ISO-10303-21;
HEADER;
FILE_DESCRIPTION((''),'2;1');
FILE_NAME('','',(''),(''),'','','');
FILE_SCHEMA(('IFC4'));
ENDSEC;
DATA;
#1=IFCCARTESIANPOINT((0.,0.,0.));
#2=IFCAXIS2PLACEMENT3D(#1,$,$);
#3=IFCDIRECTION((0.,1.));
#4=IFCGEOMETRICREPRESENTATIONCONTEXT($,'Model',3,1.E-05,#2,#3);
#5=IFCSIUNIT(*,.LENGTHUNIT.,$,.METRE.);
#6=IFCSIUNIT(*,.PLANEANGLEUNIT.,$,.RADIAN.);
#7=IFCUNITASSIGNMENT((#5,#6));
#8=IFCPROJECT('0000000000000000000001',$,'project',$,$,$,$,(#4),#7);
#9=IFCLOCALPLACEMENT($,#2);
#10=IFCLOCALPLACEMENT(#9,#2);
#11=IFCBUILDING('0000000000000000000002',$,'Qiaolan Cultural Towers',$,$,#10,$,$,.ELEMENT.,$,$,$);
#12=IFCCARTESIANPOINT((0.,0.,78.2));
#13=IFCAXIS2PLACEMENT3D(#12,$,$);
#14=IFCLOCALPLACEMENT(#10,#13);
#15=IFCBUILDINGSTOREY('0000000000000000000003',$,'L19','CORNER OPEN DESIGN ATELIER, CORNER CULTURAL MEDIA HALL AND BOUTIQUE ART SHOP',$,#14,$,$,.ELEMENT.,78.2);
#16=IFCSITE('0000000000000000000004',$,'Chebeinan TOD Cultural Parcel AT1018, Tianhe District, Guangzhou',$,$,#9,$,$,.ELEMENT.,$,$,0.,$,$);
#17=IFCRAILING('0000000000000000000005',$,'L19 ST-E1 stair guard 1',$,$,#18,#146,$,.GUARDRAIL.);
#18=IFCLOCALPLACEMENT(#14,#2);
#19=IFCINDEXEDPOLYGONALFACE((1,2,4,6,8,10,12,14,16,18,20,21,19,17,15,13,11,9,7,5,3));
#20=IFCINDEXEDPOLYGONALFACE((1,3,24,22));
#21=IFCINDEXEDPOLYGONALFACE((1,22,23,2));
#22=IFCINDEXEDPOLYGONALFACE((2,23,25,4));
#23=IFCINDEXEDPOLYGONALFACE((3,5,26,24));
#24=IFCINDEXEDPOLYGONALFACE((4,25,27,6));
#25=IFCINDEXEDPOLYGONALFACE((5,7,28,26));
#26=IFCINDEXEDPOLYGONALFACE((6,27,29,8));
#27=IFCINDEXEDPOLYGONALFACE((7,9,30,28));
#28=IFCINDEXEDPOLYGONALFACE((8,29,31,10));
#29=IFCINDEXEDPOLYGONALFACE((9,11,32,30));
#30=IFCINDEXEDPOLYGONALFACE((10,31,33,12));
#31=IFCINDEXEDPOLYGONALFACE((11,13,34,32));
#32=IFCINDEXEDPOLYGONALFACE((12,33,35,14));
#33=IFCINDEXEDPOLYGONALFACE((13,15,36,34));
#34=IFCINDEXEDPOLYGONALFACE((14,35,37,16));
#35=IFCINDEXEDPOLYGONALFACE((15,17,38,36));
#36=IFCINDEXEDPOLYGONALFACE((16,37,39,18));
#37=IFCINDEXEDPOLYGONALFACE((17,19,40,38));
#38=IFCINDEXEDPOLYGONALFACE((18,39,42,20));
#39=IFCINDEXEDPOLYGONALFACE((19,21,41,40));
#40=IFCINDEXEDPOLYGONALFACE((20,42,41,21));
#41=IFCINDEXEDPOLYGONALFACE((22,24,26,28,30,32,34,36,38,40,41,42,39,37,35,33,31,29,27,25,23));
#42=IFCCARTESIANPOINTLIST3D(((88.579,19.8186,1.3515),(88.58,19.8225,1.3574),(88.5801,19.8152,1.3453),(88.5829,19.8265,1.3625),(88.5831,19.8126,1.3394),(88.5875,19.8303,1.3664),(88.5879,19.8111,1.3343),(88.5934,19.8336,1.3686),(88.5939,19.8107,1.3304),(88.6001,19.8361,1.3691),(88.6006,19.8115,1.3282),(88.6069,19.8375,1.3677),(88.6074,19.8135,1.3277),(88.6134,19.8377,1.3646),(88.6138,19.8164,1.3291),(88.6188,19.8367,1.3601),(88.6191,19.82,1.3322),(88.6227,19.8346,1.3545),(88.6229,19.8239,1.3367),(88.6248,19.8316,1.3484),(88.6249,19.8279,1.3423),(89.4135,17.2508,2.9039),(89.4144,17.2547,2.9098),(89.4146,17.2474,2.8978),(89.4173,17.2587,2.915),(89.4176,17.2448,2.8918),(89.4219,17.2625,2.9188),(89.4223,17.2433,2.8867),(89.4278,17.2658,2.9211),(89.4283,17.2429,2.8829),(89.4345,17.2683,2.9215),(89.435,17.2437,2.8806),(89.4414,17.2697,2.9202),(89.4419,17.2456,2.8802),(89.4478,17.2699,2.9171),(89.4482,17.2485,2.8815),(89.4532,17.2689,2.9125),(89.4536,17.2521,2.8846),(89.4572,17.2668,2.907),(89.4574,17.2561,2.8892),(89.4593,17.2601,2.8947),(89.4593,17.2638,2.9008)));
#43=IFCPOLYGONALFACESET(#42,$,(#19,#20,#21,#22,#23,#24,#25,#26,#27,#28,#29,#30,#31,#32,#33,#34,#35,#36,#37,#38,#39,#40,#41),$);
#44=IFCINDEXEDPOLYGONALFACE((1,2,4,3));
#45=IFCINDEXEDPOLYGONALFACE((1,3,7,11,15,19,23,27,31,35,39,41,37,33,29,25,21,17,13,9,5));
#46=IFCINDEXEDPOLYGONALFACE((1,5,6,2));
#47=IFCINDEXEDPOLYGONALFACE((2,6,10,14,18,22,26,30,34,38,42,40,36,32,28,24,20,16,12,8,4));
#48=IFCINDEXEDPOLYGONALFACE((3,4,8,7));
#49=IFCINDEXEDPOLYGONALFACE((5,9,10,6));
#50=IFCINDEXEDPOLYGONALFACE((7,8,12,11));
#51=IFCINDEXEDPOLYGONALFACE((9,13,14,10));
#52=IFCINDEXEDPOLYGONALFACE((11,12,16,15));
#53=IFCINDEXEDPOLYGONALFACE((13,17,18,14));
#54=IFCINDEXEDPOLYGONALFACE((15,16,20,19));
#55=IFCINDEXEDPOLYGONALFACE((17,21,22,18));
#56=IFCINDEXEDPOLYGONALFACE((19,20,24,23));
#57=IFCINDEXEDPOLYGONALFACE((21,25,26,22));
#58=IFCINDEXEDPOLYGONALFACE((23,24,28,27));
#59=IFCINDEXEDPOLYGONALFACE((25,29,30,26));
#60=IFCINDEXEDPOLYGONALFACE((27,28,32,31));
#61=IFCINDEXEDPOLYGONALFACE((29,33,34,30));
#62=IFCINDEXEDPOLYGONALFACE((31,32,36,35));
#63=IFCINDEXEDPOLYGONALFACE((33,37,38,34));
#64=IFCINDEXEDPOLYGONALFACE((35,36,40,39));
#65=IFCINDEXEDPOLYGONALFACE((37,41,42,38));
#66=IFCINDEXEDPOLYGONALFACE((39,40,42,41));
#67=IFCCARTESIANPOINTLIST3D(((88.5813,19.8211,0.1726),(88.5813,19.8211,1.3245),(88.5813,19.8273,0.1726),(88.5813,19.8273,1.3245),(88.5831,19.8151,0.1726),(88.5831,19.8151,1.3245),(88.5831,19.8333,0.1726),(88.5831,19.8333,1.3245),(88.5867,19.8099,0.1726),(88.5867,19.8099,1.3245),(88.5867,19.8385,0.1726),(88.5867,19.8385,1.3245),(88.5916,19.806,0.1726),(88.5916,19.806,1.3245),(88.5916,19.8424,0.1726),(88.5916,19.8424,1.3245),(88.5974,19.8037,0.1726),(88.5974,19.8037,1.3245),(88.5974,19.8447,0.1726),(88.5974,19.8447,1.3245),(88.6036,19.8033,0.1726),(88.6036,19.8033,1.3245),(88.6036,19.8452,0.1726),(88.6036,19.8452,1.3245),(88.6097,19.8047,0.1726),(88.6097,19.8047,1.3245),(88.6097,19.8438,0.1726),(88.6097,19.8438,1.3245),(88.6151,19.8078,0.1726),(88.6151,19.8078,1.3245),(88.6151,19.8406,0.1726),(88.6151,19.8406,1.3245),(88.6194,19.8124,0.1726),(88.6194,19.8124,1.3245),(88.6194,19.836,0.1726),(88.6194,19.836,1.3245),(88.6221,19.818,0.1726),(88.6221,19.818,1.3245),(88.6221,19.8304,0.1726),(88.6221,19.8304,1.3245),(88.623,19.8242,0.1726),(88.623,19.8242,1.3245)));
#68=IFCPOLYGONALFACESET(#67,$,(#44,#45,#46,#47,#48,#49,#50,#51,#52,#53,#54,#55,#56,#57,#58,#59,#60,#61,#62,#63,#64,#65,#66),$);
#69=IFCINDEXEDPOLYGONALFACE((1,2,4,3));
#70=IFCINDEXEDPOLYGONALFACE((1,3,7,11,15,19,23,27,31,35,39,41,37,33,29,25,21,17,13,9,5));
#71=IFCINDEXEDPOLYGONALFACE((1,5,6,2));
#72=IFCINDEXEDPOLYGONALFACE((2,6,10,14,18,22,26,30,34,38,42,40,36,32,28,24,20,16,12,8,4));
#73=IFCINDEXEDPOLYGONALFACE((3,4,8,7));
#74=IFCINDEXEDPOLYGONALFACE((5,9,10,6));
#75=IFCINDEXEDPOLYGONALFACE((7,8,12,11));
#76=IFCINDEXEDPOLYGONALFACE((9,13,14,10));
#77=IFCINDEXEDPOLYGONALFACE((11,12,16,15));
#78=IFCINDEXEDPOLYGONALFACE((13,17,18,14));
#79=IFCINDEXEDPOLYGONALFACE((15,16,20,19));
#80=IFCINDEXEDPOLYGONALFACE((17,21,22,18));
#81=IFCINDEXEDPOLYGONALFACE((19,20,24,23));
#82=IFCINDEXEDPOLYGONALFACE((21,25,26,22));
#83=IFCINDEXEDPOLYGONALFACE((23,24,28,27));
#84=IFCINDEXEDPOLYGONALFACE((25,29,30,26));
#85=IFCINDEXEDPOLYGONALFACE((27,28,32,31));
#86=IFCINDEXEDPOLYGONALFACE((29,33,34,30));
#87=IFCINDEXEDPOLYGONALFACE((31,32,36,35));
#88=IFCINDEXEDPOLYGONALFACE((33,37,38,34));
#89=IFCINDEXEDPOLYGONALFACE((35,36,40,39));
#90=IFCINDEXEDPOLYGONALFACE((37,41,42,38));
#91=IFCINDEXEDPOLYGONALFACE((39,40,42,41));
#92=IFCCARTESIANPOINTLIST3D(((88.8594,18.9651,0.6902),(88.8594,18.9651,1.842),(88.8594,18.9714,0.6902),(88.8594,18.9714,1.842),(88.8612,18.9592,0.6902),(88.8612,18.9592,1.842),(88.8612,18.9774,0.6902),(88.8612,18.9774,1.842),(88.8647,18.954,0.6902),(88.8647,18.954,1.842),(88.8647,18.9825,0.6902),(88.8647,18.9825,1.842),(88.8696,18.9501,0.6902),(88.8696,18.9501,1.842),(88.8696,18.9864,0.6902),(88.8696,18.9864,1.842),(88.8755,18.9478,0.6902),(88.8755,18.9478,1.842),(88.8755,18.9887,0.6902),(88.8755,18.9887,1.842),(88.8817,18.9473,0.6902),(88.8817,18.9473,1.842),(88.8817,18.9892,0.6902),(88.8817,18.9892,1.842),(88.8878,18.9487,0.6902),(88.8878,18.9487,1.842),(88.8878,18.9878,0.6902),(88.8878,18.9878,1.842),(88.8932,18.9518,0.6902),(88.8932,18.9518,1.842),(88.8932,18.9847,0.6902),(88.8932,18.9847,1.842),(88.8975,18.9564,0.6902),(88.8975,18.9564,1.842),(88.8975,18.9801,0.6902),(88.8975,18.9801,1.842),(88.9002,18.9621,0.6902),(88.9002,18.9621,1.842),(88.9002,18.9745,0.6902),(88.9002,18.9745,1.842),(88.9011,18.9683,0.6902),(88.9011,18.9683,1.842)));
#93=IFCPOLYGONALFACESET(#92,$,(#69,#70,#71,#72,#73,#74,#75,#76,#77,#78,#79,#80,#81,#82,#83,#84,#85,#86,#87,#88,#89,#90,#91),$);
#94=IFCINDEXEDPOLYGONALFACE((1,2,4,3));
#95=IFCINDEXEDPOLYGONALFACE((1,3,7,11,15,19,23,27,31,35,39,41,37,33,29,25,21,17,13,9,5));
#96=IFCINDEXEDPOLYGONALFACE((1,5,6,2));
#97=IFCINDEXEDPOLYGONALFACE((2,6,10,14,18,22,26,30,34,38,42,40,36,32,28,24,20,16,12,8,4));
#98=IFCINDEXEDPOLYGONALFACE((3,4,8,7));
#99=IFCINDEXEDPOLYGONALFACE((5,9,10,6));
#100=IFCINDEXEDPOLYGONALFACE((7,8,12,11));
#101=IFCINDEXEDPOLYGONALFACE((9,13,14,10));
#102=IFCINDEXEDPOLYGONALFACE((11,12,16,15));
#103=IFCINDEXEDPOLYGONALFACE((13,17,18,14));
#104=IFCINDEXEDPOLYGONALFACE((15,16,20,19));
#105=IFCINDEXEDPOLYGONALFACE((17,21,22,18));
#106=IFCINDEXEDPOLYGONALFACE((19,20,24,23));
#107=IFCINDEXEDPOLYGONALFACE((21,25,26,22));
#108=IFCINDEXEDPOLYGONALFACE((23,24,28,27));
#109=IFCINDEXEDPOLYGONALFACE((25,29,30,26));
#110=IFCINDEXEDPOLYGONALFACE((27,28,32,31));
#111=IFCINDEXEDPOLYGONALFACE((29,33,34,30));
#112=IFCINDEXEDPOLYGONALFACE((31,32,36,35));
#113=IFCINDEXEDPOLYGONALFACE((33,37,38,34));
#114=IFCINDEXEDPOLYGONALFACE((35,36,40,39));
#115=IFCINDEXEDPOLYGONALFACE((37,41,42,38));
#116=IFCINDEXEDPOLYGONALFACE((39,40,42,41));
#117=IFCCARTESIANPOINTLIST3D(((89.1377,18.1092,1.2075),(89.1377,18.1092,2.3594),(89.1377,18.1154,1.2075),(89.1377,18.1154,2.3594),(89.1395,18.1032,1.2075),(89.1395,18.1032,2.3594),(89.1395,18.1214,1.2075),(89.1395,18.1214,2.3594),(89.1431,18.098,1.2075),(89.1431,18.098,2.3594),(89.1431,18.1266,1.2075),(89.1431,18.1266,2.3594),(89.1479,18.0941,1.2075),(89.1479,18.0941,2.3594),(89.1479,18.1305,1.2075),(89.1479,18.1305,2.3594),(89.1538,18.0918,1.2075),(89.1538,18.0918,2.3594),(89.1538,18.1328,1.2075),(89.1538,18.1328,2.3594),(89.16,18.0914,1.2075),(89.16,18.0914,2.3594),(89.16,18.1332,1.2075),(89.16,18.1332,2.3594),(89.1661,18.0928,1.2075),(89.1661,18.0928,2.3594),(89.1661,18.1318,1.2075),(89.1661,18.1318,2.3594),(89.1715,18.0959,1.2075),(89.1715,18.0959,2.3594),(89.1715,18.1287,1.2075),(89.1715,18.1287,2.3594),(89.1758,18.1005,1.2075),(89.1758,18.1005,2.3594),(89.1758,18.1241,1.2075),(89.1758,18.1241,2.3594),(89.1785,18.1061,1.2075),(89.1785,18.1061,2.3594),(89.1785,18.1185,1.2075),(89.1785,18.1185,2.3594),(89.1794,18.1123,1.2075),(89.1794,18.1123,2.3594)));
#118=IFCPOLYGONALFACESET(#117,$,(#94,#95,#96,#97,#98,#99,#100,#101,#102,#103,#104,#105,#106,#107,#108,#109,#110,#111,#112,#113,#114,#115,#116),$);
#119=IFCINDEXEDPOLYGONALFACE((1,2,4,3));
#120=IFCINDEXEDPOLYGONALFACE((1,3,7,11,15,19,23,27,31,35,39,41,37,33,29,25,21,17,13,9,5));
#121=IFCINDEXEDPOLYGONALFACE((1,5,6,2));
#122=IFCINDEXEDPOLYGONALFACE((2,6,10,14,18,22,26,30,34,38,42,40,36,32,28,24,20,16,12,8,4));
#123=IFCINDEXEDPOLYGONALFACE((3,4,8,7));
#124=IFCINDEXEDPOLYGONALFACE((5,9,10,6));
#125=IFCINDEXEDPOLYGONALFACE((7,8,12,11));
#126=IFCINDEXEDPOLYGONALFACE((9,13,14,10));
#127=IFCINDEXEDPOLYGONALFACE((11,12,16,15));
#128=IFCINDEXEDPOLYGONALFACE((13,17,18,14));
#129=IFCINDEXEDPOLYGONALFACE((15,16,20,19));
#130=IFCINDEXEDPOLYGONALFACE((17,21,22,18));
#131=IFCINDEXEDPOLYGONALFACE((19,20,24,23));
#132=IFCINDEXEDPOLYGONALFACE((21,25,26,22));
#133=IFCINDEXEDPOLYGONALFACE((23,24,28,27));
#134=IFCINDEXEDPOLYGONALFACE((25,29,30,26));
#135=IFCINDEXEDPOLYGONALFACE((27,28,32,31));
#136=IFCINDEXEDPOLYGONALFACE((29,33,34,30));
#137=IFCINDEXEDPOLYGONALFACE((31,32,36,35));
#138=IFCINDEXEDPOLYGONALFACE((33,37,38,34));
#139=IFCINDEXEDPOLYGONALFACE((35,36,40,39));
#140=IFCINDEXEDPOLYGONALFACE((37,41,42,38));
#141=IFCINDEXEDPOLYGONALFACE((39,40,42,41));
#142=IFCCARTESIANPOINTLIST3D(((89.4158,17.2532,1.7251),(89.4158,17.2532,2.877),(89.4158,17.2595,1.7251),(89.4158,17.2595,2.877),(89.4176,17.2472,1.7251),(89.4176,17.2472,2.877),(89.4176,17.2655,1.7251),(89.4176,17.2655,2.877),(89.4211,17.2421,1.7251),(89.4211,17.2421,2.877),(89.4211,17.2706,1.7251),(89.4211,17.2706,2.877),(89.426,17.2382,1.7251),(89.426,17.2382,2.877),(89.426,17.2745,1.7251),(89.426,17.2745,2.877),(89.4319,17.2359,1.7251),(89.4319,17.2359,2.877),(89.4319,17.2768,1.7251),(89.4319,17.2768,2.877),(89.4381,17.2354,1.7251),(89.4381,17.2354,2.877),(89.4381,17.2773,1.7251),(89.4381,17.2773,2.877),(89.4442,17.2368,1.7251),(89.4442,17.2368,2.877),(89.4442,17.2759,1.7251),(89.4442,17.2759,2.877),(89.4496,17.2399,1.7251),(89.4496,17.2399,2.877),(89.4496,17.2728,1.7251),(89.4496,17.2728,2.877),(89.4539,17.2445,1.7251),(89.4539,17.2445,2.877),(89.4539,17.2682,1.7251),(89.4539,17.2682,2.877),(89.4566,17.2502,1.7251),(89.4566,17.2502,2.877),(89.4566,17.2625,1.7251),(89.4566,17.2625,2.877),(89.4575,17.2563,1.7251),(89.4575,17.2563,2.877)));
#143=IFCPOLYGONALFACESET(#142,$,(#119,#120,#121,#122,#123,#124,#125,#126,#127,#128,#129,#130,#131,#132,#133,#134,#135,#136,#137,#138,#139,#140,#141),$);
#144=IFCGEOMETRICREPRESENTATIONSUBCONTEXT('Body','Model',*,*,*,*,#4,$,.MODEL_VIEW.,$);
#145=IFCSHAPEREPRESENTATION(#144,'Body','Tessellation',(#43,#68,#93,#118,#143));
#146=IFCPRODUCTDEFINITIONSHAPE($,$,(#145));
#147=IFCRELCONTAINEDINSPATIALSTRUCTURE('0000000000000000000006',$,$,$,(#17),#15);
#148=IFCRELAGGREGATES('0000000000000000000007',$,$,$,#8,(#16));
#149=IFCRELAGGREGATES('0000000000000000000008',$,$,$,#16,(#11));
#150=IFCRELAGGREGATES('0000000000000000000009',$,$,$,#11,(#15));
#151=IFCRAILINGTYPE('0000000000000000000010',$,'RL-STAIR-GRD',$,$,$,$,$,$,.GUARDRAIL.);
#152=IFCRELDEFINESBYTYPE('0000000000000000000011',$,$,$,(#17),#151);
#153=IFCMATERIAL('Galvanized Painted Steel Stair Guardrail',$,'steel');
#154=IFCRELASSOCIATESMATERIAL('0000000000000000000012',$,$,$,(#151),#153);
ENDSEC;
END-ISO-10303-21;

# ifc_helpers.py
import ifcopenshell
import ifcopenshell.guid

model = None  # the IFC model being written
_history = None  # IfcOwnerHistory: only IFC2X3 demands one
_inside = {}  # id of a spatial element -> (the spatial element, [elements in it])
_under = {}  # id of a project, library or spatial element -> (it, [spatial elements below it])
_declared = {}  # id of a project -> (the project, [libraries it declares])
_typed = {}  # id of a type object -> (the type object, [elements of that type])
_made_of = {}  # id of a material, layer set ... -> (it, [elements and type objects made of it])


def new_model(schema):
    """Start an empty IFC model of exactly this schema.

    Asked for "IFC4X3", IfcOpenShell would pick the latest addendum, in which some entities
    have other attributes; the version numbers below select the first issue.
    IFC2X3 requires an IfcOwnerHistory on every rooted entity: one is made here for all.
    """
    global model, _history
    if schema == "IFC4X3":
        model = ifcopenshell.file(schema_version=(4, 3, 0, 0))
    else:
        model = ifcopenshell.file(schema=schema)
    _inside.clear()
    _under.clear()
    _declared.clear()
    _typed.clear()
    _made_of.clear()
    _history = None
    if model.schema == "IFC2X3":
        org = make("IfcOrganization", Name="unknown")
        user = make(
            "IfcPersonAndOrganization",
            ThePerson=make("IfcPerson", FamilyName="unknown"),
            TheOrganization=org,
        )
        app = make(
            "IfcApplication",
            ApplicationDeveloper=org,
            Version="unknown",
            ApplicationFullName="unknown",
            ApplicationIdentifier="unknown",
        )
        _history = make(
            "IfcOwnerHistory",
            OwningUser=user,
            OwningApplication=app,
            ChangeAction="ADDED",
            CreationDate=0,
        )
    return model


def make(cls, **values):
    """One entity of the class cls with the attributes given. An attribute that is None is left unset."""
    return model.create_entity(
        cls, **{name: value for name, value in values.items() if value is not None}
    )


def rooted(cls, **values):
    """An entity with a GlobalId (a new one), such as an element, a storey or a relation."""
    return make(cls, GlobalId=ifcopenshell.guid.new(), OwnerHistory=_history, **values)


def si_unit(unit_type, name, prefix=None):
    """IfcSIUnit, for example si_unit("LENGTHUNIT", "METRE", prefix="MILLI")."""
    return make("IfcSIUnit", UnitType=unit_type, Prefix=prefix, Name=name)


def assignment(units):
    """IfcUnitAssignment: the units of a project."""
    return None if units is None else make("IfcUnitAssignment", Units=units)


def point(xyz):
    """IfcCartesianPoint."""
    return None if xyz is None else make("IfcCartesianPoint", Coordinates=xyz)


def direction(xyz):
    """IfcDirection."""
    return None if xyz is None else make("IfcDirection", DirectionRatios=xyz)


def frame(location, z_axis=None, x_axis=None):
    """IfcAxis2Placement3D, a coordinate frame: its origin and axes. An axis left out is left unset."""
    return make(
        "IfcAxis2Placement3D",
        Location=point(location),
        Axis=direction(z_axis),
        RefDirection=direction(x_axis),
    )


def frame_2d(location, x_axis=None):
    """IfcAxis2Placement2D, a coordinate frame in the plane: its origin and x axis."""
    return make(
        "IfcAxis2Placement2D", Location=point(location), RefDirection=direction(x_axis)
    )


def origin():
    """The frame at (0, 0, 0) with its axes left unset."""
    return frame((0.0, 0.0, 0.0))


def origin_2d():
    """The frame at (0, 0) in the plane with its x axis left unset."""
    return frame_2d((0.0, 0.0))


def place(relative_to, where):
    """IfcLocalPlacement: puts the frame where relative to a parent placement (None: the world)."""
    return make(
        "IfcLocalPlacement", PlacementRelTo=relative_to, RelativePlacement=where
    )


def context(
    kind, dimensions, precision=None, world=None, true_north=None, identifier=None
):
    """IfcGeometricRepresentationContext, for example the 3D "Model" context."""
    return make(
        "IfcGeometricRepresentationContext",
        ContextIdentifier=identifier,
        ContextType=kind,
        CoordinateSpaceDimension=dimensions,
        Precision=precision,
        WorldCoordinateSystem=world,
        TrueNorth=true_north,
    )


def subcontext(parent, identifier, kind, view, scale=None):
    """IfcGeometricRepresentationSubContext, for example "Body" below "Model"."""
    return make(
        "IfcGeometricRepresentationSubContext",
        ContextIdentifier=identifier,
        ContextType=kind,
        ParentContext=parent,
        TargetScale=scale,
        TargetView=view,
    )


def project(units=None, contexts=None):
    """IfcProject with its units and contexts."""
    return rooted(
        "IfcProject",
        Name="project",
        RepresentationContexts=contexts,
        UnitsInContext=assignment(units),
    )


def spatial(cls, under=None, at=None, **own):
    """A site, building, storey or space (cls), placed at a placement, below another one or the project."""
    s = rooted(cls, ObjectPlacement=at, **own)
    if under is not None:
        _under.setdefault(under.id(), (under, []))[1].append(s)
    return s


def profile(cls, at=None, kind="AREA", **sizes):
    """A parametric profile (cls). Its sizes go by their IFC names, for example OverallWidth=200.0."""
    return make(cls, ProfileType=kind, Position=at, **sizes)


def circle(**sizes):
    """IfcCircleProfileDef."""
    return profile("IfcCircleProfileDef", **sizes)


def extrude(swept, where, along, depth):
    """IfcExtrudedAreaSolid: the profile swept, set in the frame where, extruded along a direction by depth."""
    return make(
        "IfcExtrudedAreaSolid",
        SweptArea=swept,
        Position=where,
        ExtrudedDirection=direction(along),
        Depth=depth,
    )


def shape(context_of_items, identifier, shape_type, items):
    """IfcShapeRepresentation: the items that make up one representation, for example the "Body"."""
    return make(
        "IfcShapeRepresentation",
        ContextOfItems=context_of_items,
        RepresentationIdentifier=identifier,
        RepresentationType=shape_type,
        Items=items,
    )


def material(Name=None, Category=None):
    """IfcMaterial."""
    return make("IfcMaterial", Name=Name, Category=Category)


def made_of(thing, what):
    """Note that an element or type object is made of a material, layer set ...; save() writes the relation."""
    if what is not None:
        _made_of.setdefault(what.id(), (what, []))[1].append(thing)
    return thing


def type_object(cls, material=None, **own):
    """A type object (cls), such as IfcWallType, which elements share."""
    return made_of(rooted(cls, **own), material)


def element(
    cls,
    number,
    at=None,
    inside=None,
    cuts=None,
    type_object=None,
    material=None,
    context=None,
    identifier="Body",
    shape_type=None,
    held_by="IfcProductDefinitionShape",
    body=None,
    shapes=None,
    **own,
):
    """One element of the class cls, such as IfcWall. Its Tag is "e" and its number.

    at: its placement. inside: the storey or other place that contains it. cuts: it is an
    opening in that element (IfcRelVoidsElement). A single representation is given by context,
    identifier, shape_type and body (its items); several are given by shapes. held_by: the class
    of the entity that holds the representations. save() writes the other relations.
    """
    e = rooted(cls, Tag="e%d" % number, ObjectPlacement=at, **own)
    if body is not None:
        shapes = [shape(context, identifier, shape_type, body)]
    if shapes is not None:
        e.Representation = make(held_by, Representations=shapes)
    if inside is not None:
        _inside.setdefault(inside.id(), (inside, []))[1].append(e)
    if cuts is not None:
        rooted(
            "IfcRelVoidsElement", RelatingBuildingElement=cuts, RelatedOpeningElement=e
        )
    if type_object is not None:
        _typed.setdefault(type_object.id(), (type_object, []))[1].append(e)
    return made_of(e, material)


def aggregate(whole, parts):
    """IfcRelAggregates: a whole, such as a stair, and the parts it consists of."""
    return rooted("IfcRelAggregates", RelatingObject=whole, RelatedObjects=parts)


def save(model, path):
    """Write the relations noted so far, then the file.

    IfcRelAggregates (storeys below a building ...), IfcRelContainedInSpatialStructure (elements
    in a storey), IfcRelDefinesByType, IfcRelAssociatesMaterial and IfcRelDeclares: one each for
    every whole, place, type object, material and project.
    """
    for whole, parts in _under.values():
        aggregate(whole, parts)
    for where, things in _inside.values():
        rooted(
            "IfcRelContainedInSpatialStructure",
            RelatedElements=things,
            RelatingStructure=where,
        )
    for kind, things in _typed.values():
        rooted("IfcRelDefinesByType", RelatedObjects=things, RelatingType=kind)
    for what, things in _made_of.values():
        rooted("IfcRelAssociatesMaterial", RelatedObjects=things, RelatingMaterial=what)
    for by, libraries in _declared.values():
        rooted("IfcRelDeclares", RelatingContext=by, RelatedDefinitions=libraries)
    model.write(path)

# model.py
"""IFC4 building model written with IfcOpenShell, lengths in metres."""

from ifc_helpers import new_model, si_unit, direction, frame, origin, origin_2d, place, context, subcontext, project, spatial, circle, extrude, material, type_object, element, save


model = new_model("IFC4")

# Units and contexts
model_context = context("Model", 3, precision=1e-05, world=origin(), true_north=direction((0.0, 1.0)))
body_context = subcontext(model_context, "Body", "Model", "MODEL_VIEW")
ifc_project = project(units=[si_unit("LENGTHUNIT", "METRE"), si_unit("PLANEANGLEUNIT", "RADIAN")], contexts=[model_context])

# Site, building, storey
site_placement = place(None, origin())
site = spatial("IfcSite", under=ifc_project, at=site_placement, Name="Chebeinan TOD Cultural Parcel AT1018, Tianhe District, Guangzhou", CompositionType="ELEMENT", RefElevation=0.0)
building_placement = place(site_placement, origin())
building = spatial("IfcBuilding", under=site, at=building_placement, Name="Qiaolan Cultural Towers", CompositionType="ELEMENT")
storey_placement = place(building_placement, frame((0.0, 0.0, 78.2)))
storey = spatial("IfcBuildingStorey", under=building, at=storey_placement, Name="L19", Description="CORNER OPEN DESIGN ATELIER, CORNER CULTURAL MEDIA HALL AND BOUTIQUE ART SHOP", CompositionType="ELEMENT", Elevation=78.2)

# Railing
ifc_material_1 = material(Name="Galvanized Painted Steel Stair Guardrail", Category="steel")
railing_type_1 = type_object("IfcRailingType", Name="RL-STAIR-GRD", PredefinedType="GUARDRAIL", material=ifc_material_1)
railing_1_placement = place(storey_placement, frame((88.6021, 19.8242, 0.1726)))
element("IfcRailing", 1, at=railing_1_placement, inside=storey, type_object=railing_type_1, Name="L19 ST-E1 stair guard 1", PredefinedType="GUARDRAIL", context=body_context, shape_type="SweptSolid", body=[
    extrude(circle(Radius=0.0239, at=origin_2d()), frame((0.0, 0.0, 1.1758), z_axis=(0.267926, -0.824471, 0.498461), x_axis=(0.951043, 0.309057, 0.0)), (0.0, 0.0, 1.0), 3.1145),
    extrude(circle(Radius=0.021, at=origin_2d()), origin(), (0.0, 0.0, 1.0), 1.1519),
    extrude(circle(Radius=0.021, at=origin_2d()), frame((0.2781, -0.856, 0.5176)), (0.0, 0.0, 1.0), 1.1519),
    extrude(circle(Radius=0.021, at=origin_2d()), frame((0.5564, -1.7119, 1.0349)), (0.0, 0.0, 1.0), 1.1519),
    extrude(circle(Radius=0.021, at=origin_2d()), frame((0.8345, -2.5679, 1.5525)), (0.0, 0.0, 1.0), 1.1519),
])

save(model, "model.ifc")
